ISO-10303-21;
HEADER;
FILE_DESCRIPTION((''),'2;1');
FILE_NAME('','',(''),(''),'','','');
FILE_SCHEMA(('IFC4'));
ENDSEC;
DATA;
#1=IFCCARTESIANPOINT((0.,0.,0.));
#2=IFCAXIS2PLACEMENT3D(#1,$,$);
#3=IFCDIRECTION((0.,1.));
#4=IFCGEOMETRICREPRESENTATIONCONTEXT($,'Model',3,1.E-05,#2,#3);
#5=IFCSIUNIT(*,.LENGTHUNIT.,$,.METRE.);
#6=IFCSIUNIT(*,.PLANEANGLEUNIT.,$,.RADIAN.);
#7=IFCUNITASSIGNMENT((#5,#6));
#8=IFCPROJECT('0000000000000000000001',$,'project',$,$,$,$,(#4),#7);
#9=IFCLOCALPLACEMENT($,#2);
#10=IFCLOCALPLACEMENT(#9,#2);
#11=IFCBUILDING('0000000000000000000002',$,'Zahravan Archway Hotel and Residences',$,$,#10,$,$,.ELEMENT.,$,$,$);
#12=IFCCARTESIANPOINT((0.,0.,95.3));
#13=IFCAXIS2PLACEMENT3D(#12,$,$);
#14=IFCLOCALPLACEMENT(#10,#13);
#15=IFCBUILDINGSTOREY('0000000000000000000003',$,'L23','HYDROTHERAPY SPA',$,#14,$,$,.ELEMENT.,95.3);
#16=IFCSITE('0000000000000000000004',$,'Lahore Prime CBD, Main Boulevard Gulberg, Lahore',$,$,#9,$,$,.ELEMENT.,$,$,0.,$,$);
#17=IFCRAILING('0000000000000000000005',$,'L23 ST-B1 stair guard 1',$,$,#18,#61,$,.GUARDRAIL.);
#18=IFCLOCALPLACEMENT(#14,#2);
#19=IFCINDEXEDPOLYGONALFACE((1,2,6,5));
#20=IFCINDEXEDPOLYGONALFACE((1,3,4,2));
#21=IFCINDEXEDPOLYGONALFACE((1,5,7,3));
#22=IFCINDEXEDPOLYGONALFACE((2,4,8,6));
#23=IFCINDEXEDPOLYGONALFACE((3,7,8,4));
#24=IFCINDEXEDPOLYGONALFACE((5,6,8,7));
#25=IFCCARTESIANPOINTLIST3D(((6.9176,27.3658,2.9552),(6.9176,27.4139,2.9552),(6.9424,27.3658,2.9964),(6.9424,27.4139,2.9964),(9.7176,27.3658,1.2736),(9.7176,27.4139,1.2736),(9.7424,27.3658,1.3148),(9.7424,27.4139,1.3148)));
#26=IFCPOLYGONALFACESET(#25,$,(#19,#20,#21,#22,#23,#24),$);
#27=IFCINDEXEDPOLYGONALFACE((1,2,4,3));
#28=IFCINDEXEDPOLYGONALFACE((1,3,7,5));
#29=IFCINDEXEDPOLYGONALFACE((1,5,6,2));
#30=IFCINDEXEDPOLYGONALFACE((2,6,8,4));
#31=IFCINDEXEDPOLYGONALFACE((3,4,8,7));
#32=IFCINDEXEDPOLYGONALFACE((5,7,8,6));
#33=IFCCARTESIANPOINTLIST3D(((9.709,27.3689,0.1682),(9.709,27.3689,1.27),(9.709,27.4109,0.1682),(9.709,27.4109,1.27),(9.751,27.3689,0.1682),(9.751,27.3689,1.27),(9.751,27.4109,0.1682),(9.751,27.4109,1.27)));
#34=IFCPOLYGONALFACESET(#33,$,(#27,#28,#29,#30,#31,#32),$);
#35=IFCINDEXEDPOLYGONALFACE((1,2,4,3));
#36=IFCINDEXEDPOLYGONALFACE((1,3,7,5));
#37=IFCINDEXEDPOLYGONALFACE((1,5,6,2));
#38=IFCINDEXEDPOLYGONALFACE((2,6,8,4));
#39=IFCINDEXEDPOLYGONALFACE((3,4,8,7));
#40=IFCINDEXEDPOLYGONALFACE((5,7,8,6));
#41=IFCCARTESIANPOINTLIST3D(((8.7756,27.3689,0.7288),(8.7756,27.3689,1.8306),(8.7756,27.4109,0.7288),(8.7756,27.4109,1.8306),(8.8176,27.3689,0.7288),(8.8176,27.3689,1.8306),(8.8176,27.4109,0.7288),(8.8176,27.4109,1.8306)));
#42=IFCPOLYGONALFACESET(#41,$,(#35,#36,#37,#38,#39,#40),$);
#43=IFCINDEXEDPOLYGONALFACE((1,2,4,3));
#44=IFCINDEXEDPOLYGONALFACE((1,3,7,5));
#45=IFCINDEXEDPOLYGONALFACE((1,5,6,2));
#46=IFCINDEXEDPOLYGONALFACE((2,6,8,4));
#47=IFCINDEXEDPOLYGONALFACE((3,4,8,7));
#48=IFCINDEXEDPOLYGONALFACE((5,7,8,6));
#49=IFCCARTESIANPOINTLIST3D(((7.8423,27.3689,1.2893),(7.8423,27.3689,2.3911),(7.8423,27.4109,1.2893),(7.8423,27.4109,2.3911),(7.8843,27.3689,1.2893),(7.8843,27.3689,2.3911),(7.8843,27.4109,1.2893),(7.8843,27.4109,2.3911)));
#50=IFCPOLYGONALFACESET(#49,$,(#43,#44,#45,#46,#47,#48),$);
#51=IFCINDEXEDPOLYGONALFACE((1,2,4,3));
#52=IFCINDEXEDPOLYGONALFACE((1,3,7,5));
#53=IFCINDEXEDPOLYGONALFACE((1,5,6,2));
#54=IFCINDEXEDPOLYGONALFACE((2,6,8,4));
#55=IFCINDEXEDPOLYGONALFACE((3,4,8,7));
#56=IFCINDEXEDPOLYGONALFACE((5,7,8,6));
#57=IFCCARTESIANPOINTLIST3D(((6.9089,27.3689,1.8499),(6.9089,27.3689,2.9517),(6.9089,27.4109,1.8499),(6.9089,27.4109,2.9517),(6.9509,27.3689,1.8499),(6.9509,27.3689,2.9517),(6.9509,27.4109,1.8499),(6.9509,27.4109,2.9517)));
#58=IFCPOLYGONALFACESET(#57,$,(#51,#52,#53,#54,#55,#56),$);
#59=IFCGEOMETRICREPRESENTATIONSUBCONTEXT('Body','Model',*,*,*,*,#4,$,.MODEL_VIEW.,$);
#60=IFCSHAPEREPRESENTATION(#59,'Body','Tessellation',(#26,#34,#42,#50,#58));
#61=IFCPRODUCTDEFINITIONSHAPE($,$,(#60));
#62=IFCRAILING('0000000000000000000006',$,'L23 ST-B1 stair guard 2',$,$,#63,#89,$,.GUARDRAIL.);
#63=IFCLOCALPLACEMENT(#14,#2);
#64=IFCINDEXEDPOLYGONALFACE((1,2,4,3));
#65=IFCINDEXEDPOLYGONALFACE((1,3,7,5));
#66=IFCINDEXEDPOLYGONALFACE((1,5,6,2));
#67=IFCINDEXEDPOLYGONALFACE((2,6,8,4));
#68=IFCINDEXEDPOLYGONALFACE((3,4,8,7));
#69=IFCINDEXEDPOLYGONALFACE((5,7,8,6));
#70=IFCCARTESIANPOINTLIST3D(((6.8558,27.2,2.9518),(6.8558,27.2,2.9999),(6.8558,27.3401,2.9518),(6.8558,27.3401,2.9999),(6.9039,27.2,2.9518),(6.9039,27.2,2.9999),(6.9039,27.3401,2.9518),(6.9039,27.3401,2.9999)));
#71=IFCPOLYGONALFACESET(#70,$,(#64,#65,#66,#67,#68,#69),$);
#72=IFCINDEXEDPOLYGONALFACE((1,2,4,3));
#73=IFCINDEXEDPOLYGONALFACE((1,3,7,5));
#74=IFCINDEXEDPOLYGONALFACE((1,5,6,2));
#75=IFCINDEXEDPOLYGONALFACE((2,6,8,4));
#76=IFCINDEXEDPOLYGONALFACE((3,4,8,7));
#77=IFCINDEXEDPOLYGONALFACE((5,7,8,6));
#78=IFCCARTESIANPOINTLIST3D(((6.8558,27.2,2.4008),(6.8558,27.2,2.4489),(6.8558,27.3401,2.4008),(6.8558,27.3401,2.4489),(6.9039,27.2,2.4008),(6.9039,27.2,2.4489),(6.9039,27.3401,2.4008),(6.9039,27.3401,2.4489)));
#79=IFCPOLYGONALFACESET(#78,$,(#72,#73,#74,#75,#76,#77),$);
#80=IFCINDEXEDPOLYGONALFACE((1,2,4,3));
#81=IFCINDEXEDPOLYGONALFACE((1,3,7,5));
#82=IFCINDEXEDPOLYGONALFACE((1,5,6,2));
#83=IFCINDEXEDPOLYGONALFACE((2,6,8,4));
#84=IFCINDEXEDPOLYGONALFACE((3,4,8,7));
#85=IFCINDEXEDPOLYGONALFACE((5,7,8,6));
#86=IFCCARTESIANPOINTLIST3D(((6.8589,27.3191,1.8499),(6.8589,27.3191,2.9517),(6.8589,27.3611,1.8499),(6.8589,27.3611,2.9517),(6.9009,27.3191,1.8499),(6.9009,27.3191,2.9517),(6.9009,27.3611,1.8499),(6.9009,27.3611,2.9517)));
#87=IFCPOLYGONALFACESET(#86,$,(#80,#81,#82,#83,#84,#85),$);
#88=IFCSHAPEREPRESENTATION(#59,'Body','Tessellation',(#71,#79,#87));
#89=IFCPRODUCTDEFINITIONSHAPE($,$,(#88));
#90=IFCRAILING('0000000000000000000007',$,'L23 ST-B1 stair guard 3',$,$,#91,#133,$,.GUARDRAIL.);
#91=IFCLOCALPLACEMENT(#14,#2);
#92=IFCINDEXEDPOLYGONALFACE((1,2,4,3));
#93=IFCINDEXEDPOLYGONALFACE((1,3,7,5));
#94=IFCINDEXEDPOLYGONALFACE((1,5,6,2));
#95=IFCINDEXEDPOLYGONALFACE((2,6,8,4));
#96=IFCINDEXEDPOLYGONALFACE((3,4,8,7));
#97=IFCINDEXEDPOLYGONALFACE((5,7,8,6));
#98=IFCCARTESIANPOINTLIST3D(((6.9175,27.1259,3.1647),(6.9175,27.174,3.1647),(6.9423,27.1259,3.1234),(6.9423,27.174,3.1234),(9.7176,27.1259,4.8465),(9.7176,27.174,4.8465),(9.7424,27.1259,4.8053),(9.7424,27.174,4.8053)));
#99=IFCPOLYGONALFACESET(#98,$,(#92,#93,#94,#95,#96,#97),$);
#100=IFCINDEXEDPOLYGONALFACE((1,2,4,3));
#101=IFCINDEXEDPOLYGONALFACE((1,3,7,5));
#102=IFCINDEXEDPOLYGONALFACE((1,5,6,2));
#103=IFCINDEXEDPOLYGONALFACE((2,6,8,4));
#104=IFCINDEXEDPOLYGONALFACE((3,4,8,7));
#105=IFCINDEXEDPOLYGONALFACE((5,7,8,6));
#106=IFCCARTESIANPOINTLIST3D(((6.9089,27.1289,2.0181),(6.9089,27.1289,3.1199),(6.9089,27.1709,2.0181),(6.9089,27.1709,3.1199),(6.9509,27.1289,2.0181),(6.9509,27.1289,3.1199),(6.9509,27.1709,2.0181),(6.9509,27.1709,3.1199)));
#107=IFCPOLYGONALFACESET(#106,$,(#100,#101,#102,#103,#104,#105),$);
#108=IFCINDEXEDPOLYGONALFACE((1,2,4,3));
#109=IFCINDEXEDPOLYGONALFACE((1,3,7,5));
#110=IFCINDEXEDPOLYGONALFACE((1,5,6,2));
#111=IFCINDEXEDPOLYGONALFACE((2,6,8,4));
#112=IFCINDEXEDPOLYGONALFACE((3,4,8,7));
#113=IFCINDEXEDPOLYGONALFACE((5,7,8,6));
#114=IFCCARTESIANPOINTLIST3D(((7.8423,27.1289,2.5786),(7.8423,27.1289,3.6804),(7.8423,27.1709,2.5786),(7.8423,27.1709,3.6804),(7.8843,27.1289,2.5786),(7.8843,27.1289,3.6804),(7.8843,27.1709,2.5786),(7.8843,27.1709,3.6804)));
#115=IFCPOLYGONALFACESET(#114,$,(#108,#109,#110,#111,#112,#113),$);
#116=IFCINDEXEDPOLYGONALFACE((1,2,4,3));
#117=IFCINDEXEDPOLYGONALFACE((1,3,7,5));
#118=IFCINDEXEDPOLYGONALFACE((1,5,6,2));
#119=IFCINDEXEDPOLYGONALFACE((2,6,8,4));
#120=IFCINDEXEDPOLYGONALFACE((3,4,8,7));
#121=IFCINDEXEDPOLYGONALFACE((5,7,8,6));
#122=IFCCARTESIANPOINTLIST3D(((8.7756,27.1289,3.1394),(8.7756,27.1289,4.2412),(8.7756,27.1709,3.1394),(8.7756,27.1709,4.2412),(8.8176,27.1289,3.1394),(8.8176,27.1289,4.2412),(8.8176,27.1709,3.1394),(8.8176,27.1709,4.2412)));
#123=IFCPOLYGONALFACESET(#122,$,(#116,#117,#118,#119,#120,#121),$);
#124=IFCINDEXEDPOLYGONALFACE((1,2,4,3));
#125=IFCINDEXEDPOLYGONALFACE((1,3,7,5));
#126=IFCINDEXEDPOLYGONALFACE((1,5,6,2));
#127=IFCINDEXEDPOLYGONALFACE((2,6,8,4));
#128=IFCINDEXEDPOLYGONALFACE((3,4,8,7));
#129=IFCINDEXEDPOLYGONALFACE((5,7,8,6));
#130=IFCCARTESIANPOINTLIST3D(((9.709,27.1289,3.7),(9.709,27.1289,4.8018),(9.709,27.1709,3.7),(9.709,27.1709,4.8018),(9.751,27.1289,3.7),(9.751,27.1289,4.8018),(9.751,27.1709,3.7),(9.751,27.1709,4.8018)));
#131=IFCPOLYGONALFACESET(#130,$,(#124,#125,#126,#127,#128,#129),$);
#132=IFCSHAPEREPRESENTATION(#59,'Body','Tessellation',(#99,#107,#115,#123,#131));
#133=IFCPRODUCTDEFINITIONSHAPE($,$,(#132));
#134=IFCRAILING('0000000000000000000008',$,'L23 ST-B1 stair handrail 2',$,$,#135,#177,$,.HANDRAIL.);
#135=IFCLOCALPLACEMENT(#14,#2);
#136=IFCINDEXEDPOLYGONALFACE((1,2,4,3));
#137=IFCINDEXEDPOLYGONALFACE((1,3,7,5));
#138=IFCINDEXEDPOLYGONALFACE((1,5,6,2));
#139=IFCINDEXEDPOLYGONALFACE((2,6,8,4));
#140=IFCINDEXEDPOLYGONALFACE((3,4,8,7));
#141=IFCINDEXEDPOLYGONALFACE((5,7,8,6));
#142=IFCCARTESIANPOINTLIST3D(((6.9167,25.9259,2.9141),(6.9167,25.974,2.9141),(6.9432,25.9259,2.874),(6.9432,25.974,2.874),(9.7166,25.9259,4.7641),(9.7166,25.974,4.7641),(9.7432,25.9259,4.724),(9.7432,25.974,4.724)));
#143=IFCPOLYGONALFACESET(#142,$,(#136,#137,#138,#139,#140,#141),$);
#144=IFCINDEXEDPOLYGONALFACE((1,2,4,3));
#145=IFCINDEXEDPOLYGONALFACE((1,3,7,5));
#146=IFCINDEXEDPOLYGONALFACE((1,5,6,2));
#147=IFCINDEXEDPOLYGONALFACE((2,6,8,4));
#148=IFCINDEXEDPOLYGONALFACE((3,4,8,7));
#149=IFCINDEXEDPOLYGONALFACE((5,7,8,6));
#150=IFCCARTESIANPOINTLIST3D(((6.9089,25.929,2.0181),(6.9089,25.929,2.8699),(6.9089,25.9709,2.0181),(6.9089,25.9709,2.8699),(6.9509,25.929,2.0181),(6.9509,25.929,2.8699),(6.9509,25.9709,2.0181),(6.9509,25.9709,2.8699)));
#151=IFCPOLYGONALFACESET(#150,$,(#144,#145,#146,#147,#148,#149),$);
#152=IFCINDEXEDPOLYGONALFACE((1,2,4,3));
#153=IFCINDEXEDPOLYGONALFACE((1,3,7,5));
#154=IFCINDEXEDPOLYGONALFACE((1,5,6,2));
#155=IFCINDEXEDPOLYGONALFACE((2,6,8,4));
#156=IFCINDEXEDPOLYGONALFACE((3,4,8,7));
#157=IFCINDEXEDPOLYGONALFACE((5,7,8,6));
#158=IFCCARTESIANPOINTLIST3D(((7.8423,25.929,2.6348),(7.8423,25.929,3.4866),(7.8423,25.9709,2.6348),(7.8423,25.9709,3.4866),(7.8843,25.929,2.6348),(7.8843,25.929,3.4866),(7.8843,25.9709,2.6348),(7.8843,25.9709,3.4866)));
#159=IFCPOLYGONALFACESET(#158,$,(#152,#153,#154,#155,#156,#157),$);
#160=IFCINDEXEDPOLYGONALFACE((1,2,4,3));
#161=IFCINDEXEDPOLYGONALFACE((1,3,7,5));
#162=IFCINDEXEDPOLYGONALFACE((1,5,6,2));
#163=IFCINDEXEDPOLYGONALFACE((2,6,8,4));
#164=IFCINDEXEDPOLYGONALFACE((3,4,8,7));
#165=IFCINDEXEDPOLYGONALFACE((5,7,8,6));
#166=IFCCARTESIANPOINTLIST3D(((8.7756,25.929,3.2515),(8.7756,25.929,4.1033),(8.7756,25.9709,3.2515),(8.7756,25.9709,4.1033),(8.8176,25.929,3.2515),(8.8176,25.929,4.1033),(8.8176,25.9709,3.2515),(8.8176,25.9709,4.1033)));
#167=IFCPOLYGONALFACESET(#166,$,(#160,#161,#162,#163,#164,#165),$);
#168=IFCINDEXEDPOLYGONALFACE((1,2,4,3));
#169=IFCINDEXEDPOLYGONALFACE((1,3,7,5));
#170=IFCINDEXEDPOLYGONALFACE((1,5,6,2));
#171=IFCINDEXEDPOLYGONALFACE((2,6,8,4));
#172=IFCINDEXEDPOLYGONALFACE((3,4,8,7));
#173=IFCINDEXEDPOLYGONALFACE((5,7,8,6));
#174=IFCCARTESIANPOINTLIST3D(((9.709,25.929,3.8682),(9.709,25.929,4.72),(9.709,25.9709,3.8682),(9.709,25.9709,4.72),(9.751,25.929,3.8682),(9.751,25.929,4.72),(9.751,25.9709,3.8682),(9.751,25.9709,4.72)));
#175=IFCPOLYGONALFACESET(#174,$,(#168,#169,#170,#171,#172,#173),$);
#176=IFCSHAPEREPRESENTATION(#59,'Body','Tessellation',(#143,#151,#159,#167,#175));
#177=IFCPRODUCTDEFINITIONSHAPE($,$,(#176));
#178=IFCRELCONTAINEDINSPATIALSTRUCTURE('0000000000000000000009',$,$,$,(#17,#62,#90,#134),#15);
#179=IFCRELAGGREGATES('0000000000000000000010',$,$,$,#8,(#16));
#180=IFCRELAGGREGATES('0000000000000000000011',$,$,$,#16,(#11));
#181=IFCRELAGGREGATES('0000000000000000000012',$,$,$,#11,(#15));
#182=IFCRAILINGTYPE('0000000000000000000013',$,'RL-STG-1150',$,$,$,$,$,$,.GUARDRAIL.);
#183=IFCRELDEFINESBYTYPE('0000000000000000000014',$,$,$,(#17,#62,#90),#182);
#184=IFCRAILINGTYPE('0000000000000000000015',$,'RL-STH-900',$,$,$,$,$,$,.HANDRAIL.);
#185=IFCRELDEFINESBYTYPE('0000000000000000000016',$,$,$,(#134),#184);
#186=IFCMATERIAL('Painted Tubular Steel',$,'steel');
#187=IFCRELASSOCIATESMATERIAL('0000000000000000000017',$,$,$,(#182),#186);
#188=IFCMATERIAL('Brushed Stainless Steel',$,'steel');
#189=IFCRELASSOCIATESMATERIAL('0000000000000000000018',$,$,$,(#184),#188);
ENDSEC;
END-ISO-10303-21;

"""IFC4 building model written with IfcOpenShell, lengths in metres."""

from ifc_helpers import new_model, si_unit, direction, frame, origin, origin_2d, place, context, subcontext, project, spatial, rectangle, extrude, material, type_object, element, save


model = new_model("IFC4")

# Units and contexts
model_context = context("Model", 3, precision=1e-05, world=origin(), true_north=direction((0.0, 1.0)))
body_context = subcontext(model_context, "Body", "Model", "MODEL_VIEW")
ifc_project = project(units=[si_unit("LENGTHUNIT", "METRE"), si_unit("PLANEANGLEUNIT", "RADIAN")], contexts=[model_context])

# Site, building, storey
site_placement = place(None, origin())
site = spatial("IfcSite", under=ifc_project, at=site_placement, Name="Lahore Prime CBD, Main Boulevard Gulberg, Lahore", CompositionType="ELEMENT", RefElevation=0.0)
building_placement = place(site_placement, origin())
building = spatial("IfcBuilding", under=site, at=building_placement, Name="Zahravan Archway Hotel and Residences", CompositionType="ELEMENT")
storey_placement = place(building_placement, frame((0.0, 0.0, 95.3)))
storey = spatial("IfcBuildingStorey", under=building, at=storey_placement, Name="L23", Description="HYDROTHERAPY SPA", CompositionType="ELEMENT", Elevation=95.3)

# Shared definitions
ifc_material_1 = material(Name="Brushed Stainless Steel", Category="steel")

# Railings
ifc_material_2 = material(Name="Painted Tubular Steel", Category="steel")
railing_type_1 = type_object("IfcRailingType", Name="RL-STG-1150", PredefinedType="GUARDRAIL", material=ifc_material_2)
railing_1_placement = place(storey_placement, frame((9.73, 27.3899, 0.1682)))
element("IfcRailing", 1, at=railing_1_placement, inside=storey, type_object=railing_type_1, Name="L23 ST-B1 stair guard 1", PredefinedType="GUARDRAIL", context=body_context, shape_type="SweptSolid", body=[
    extrude(rectangle(XDim=0.0481, YDim=0.0481, at=origin_2d()), frame((0.0, 0.0, 1.126), z_axis=(-0.857275, 0.0, 0.514858), x_axis=(0.0, -1.0, 0.0)), (0.0, 0.0, 1.0), 3.2661),
    extrude(rectangle(XDim=0.042, YDim=0.042, at=origin_2d()), origin(), (0.0, 0.0, 1.0), 1.1018),
    extrude(rectangle(XDim=0.042, YDim=0.042, at=origin_2d()), frame((-0.9333, 0.0, 0.5605)), (0.0, 0.0, 1.0), 1.1018),
    extrude(rectangle(XDim=0.042, YDim=0.042, at=origin_2d()), frame((-1.8667, 0.0, 1.1211)), (0.0, 0.0, 1.0), 1.1018),
    extrude(rectangle(XDim=0.042, YDim=0.042, at=origin_2d()), frame((-2.8, 0.0, 1.6816)), (0.0, 0.0, 1.0), 1.1018),
])
railing_2_placement = place(storey_placement, frame((6.8799, 27.3401, 1.8499)))
element("IfcRailing", 2, at=railing_2_placement, inside=storey, type_object=railing_type_1, Name="L23 ST-B1 stair guard 2", PredefinedType="GUARDRAIL", context=body_context, shape_type="SweptSolid", body=[
    extrude(rectangle(XDim=0.0481, YDim=0.0481, at=origin_2d()), frame((0.0, 0.0, 1.126), z_axis=(0.0, -1.0, 0.0), x_axis=(1.0, 0.0, 0.0)), (0.0, 0.0, 1.0), 0.1401),
    extrude(rectangle(XDim=0.0481, YDim=0.0481, at=origin_2d()), frame((0.0, 0.0, 0.575), z_axis=(0.0, -1.0, 0.0), x_axis=(1.0, 0.0, 0.0)), (0.0, 0.0, 1.0), 0.1401),
    extrude(rectangle(XDim=0.042, YDim=0.042, at=origin_2d()), origin(), (0.0, 0.0, 1.0), 1.1018),
])
railing_3_placement = place(storey_placement, frame((6.9299, 27.1499, 2.0181)))
element("IfcRailing", 3, at=railing_3_placement, inside=storey, type_object=railing_type_1, Name="L23 ST-B1 stair guard 3", PredefinedType="GUARDRAIL", context=body_context, shape_type="SweptSolid", body=[
    extrude(rectangle(XDim=0.0481, YDim=0.0481, at=origin_2d()), frame((0.0, 0.0, 1.126), z_axis=(0.857242, 0.0, 0.514913), x_axis=(0.0, 1.0, 0.0)), (0.0, 0.0, 1.0), 3.2664),
    extrude(rectangle(XDim=0.042, YDim=0.042, at=origin_2d()), origin(), (0.0, 0.0, 1.0), 1.1018),
    extrude(rectangle(XDim=0.042, YDim=0.042, at=origin_2d()), frame((0.9333, 0.0, 0.5605)), (0.0, 0.0, 1.0), 1.1018),
    extrude(rectangle(XDim=0.042, YDim=0.042, at=origin_2d()), frame((1.8667, 0.0, 1.1213)), (0.0, 0.0, 1.0), 1.1018),
    extrude(rectangle(XDim=0.042, YDim=0.042, at=origin_2d()), frame((2.8, 0.0, 1.6819)), (0.0, 0.0, 1.0), 1.1018),
])
railing_type_2 = type_object("IfcRailingType", Name="RL-STH-900", PredefinedType="HANDRAIL", material=ifc_material_1)
railing_4_placement = place(storey_placement, frame((6.9299, 25.95, 2.0181)))
element("IfcRailing", 4, at=railing_4_placement, inside=storey, type_object=railing_type_2, Name="L23 ST-B1 stair handrail 2", PredefinedType="HANDRAIL", context=body_context, shape_type="SweptSolid", body=[
    extrude(rectangle(XDim=0.0481, YDim=0.0481, at=origin_2d()), frame((0.0, 0.0, 0.876), z_axis=(0.834326, 0.0, 0.551271), x_axis=(0.0, 1.0, 0.0)), (0.0, 0.0, 1.0), 3.356),
    extrude(rectangle(XDim=0.042, YDim=0.042, at=origin_2d()), origin(), (0.0, 0.0, 1.0), 0.8518),
    extrude(rectangle(XDim=0.042, YDim=0.042, at=origin_2d()), frame((0.9333, 0.0, 0.6167)), (0.0, 0.0, 1.0), 0.8518),
    extrude(rectangle(XDim=0.042, YDim=0.042, at=origin_2d()), frame((1.8667, 0.0, 1.2334)), (0.0, 0.0, 1.0), 0.8518),
    extrude(rectangle(XDim=0.042, YDim=0.042, at=origin_2d()), frame((2.8, 0.0, 1.8501)), (0.0, 0.0, 1.0), 0.8518),
])

save(model, "model.ifc")
